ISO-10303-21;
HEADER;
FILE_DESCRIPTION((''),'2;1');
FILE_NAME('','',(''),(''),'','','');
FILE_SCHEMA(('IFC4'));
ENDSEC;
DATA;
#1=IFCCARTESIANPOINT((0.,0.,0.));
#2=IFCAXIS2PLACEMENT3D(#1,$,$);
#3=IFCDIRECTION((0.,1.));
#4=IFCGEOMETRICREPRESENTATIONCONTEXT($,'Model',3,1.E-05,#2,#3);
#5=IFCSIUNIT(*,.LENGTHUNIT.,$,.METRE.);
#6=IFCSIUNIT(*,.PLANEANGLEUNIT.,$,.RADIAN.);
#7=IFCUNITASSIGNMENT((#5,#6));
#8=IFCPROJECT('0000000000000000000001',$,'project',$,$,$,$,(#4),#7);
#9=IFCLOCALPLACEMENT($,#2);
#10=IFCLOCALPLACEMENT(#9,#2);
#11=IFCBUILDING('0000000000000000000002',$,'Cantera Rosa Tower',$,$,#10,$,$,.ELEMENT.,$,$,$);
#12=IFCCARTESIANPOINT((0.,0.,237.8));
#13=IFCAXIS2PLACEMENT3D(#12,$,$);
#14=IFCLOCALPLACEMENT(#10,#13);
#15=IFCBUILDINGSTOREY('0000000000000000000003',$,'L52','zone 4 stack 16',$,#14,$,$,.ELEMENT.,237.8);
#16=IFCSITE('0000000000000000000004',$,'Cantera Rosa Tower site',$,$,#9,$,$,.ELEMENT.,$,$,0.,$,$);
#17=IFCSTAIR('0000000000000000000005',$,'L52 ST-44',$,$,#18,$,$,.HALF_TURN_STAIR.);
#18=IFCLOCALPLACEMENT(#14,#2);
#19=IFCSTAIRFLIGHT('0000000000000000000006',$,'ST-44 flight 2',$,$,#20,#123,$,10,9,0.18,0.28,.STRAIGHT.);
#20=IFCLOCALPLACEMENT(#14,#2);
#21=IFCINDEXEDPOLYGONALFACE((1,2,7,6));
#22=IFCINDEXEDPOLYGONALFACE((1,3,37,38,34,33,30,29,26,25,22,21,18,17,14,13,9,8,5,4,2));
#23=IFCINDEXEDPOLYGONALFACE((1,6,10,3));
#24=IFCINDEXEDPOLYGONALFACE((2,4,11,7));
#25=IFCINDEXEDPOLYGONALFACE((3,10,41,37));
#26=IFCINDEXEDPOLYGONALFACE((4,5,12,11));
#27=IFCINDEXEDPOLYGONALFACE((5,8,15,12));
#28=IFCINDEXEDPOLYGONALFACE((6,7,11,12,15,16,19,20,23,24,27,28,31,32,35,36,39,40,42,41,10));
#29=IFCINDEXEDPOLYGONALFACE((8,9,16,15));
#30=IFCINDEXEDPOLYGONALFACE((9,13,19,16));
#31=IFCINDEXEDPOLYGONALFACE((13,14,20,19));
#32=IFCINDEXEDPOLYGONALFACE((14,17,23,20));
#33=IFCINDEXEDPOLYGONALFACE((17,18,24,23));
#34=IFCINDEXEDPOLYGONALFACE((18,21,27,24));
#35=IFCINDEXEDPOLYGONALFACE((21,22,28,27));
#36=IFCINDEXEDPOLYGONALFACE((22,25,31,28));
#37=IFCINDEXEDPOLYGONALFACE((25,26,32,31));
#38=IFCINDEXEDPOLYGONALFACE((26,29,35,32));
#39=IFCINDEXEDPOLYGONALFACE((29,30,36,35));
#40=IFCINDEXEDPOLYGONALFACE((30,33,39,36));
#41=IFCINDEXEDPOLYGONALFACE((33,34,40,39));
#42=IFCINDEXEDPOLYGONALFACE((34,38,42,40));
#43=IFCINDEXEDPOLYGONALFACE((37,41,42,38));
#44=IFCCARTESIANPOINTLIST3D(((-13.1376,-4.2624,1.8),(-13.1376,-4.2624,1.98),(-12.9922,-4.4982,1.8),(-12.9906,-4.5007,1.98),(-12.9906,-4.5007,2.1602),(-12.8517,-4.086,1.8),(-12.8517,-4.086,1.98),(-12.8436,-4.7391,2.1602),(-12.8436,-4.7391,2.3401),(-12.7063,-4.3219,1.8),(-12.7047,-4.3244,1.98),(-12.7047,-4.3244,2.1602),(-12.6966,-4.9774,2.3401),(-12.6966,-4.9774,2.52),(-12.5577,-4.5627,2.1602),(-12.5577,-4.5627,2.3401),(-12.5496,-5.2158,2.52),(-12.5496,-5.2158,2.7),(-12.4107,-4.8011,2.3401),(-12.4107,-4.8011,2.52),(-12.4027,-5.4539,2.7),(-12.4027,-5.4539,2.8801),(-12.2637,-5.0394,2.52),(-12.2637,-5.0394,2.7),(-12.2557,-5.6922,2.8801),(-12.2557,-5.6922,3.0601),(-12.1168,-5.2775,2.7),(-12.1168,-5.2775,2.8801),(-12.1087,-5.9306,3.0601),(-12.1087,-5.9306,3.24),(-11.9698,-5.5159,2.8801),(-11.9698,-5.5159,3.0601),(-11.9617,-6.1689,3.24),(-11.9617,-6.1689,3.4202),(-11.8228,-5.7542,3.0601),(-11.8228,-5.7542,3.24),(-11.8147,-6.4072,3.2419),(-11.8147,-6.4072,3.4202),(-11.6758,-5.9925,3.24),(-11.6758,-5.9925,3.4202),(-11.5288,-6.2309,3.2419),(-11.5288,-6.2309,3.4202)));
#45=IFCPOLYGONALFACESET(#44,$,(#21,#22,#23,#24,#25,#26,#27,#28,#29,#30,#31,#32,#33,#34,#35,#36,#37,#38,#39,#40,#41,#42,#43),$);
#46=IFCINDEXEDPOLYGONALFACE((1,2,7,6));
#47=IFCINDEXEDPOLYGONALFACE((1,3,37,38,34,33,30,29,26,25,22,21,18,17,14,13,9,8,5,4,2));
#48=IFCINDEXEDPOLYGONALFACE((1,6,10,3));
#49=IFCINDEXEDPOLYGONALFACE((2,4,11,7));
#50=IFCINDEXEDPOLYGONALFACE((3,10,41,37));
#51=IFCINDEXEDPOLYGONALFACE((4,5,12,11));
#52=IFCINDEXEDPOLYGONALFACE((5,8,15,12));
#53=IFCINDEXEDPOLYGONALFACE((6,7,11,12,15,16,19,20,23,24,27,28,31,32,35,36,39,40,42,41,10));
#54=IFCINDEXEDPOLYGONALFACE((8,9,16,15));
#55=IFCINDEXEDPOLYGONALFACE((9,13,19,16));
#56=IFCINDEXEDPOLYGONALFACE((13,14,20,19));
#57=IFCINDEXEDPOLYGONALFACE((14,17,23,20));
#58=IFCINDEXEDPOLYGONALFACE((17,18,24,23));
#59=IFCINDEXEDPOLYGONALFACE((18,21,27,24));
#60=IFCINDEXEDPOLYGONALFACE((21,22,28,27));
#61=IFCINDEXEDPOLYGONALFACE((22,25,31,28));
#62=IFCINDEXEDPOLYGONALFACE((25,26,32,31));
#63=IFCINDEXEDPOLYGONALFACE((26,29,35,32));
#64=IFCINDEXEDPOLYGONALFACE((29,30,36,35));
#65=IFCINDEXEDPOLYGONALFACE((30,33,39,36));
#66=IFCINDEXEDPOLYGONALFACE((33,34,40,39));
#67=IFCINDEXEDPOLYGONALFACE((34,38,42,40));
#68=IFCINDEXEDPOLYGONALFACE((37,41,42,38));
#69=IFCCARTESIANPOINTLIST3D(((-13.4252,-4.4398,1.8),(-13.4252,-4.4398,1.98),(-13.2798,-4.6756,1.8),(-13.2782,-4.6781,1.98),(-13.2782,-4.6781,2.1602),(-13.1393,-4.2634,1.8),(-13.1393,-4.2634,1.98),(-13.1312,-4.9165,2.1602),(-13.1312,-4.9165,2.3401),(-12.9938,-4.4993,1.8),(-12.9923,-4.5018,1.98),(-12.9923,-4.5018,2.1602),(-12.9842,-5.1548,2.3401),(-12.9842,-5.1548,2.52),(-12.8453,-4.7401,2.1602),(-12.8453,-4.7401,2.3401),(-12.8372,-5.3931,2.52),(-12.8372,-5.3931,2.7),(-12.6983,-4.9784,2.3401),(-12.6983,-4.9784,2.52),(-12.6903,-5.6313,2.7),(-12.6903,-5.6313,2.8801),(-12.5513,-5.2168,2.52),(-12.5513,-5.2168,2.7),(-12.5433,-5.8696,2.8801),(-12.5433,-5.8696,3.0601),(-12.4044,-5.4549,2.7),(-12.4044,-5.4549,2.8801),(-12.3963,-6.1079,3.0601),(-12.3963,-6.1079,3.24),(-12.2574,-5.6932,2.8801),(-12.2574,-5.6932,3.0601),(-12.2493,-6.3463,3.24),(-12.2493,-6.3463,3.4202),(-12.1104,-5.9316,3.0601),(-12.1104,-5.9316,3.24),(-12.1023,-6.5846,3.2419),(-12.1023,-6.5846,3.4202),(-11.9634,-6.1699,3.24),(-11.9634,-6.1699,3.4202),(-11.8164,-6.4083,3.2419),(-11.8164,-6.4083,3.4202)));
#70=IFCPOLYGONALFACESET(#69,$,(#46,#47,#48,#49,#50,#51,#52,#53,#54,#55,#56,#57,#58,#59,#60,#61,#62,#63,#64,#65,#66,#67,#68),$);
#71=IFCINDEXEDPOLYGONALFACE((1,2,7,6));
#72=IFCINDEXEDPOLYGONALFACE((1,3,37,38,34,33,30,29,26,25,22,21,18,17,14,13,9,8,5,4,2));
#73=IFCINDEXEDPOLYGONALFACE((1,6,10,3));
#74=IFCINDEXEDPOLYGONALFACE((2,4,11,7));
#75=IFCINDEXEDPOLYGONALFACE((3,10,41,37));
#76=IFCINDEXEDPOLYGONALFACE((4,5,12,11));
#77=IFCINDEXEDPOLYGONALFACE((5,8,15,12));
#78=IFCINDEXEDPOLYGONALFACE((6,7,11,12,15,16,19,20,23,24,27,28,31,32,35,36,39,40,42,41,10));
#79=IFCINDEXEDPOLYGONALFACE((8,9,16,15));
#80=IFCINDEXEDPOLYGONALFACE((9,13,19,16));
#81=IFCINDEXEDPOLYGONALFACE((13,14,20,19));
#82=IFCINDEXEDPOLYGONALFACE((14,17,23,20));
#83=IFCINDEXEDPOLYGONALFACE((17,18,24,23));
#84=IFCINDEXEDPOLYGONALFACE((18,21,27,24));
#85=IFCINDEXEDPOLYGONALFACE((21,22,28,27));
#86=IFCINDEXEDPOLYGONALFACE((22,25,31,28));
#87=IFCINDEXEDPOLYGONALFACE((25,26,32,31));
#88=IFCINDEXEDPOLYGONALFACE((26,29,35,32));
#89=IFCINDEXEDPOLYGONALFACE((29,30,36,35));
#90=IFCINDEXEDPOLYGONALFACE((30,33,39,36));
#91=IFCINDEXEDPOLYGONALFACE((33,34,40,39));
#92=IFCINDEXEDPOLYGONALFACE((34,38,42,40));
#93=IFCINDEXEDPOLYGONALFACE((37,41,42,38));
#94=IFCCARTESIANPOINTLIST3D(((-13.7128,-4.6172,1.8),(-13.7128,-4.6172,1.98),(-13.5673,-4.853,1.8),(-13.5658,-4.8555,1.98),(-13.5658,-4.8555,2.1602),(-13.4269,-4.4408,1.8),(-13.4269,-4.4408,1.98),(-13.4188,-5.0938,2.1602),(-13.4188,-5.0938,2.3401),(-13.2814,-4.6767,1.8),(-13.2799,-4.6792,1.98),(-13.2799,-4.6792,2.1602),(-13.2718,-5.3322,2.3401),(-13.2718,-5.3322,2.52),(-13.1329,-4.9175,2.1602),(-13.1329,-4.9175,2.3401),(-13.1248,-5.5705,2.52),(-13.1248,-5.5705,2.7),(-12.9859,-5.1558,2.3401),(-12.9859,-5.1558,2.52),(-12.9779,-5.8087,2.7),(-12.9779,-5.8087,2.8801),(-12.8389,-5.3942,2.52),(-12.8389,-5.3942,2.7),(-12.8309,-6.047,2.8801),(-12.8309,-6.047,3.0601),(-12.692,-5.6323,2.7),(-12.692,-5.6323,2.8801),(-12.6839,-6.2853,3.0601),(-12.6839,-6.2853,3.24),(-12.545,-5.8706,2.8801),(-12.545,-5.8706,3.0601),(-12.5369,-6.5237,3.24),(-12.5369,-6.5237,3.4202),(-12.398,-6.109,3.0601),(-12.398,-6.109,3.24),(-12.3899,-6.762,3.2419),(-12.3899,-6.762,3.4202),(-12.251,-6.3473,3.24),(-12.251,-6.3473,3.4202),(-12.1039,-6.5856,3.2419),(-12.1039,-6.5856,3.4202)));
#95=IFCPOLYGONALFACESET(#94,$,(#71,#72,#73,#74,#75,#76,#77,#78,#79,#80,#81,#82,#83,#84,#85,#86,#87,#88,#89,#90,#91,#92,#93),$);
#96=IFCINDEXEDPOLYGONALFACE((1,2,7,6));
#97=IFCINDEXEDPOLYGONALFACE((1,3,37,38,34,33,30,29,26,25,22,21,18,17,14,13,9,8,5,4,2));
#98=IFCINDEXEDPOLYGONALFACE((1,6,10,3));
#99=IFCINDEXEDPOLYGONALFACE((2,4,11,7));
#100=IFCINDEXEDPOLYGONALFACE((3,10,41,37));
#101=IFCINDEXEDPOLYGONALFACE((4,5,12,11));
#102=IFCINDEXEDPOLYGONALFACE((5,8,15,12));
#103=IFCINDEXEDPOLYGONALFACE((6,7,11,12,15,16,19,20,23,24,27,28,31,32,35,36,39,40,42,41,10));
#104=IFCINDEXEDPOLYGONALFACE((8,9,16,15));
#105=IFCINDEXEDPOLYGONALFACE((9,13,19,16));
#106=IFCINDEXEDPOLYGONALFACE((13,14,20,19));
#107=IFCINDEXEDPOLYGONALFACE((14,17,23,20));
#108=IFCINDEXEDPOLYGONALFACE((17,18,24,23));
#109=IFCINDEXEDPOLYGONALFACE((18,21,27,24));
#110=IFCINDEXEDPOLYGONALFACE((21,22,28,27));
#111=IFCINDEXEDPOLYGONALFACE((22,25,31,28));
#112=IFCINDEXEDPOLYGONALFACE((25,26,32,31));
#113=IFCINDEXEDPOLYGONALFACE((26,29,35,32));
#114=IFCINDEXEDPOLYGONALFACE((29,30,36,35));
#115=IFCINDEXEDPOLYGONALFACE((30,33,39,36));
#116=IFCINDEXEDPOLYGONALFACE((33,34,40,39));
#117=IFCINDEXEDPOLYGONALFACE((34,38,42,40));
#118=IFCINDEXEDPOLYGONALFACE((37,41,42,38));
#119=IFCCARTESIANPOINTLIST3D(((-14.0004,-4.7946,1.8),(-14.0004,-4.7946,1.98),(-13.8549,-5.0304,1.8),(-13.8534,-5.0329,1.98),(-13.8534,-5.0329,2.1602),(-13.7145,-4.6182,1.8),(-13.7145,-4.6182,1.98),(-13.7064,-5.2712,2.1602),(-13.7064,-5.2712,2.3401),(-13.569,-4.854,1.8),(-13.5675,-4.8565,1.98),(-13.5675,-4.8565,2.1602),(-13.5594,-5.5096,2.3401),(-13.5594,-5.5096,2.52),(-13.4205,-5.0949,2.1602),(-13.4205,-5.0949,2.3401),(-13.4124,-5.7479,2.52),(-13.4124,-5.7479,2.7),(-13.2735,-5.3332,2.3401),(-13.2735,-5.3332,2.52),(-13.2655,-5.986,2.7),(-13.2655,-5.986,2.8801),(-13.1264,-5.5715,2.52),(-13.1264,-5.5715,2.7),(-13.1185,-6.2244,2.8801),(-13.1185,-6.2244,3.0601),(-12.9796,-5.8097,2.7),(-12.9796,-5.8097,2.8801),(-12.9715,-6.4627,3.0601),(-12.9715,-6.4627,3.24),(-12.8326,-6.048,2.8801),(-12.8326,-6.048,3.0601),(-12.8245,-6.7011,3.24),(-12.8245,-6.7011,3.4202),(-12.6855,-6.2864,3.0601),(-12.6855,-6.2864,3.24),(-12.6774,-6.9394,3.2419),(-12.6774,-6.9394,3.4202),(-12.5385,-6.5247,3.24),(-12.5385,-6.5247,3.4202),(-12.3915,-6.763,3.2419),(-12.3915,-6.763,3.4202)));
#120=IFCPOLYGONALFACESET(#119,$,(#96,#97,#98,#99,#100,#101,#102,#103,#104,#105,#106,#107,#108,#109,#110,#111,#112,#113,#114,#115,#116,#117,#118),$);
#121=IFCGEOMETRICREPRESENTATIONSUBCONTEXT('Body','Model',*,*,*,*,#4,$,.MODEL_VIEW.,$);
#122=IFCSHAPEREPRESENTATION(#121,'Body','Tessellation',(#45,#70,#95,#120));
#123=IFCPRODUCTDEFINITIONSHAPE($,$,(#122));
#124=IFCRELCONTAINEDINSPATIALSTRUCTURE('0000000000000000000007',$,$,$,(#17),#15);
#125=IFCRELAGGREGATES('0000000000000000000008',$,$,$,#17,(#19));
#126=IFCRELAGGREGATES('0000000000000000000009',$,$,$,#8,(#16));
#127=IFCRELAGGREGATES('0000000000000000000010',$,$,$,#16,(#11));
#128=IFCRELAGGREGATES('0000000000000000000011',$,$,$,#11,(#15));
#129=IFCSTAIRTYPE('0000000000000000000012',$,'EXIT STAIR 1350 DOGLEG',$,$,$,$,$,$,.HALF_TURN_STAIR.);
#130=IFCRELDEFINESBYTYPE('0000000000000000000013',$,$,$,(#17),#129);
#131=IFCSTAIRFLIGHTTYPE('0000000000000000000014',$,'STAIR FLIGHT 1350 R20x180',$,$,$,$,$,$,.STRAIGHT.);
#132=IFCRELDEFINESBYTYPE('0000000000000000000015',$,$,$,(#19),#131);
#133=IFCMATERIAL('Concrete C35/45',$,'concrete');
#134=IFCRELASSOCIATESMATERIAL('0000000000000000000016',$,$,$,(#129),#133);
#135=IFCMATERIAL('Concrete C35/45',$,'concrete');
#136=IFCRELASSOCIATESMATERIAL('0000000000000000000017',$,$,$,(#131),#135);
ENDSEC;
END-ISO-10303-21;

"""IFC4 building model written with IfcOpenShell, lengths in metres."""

from ifc_helpers import new_model, si_unit, direction, frame, origin, place, context, subcontext, project, spatial, polyline, outline, extrude, material, type_object, element, aggregate, save


model = new_model("IFC4")

# Units and contexts
model_context = context("Model", 3, precision=1e-05, world=origin(), true_north=direction((0.0, 1.0)))
body_context = subcontext(model_context, "Body", "Model", "MODEL_VIEW")
ifc_project = project(units=[si_unit("LENGTHUNIT", "METRE"), si_unit("PLANEANGLEUNIT", "RADIAN")], contexts=[model_context])

# Site, building, storey
site_placement = place(None, origin())
site = spatial("IfcSite", under=ifc_project, at=site_placement, Name="Cantera Rosa Tower site", CompositionType="ELEMENT", RefElevation=0.0)
building_placement = place(site_placement, origin())
building = spatial("IfcBuilding", under=site, at=building_placement, Name="Cantera Rosa Tower", CompositionType="ELEMENT")
storey_placement = place(building_placement, frame((0.0, 0.0, 237.8)))
storey = spatial("IfcBuildingStorey", under=building, at=storey_placement, Name="L52", Description="zone 4 stack 16", CompositionType="ELEMENT", Elevation=237.8)

# Shared definitions
ifc_material_1 = material(Name="Concrete C35/45", Category="concrete")
stair_type = type_object("IfcStairType", Name="EXIT STAIR 1350 DOGLEG", PredefinedType="HALF_TURN_STAIR", material=ifc_material_1)
ifc_material_2 = material(Name="Concrete C35/45", Category="concrete")
stair_flight_type = type_object("IfcStairFlightType", Name="STAIR FLIGHT 1350 R20x180", PredefinedType="STRAIGHT", material=ifc_material_2)

# Stair, stair flight
stair_1_placement = place(storey_placement, origin())
stair_1 = element("IfcStair", 1, at=stair_1_placement, inside=storey, type_object=stair_type, Name="L52 ST-44", PredefinedType="HALF_TURN_STAIR")
stair_flight_1_placement = place(storey_placement, frame((-13.4263, -4.4404, 1.8), z_axis=(0.0, 0.0, 1.0), x_axis=(0.524977, -0.851117, 0.0)))
stair_flight_1 = element("IfcStairFlight", 2, at=stair_flight_1_placement, type_object=stair_flight_type, Name="ST-44 flight 2", NumberOfRisers=10, NumberOfTreads=9, PredefinedType="STRAIGHT", RiserHeight=0.18, TreadLength=0.28, context=body_context, shape_type="SweptSolid", body=[
    extrude(outline(polyline([(0.0, 0.0), (0.0, 0.1799), (0.28, 0.1799), (0.28, 0.3601), (0.5601, 0.3601), (0.5601, 0.54), (0.8401, 0.54), (0.8401, 0.72), (1.1201, 0.72), (1.1201, 0.8999), (1.3999, 0.8999), (1.3999, 1.0801), (1.6799, 1.0801), (1.6799, 1.26), (1.96, 1.26), (1.96, 1.4399), (2.24, 1.4399), (2.24, 1.6201), (2.52, 1.6201), (2.52, 1.8), (2.52, 1.4419), (0.2771, 0.0), (0.0, 0.0)])), frame((0.0, 0.675, 0.0), z_axis=(0.0, -1.0, 0.0), x_axis=(1.0, 0.0, 0.0)), (0.0, 0.0, 1.0), 0.3359),
    extrude(outline(polyline([(0.0, 0.0), (0.0, 0.1799), (0.28, 0.1799), (0.28, 0.3601), (0.5601, 0.3601), (0.5601, 0.54), (0.8401, 0.54), (0.8401, 0.72), (1.1201, 0.72), (1.1201, 0.8999), (1.3999, 0.8999), (1.3999, 1.0801), (1.6799, 1.0801), (1.6799, 1.26), (1.96, 1.26), (1.96, 1.4399), (2.24, 1.4399), (2.24, 1.6201), (2.52, 1.6201), (2.52, 1.8), (2.52, 1.4419), (0.2771, 0.0), (0.0, 0.0)])), frame((0.0, 0.3372, 0.0), z_axis=(0.0, -1.0, 0.0), x_axis=(1.0, 0.0, 0.0)), (0.0, 0.0, 1.0), 0.3359),
    extrude(outline(polyline([(0.0, 0.0), (0.0, 0.1799), (0.28, 0.1799), (0.28, 0.3601), (0.5601, 0.3601), (0.5601, 0.54), (0.8401, 0.54), (0.8401, 0.72), (1.1201, 0.72), (1.1201, 0.8999), (1.3999, 0.8999), (1.3999, 1.0801), (1.6799, 1.0801), (1.6799, 1.26), (1.96, 1.26), (1.96, 1.4399), (2.24, 1.4399), (2.24, 1.6201), (2.52, 1.6201), (2.52, 1.8), (2.52, 1.4419), (0.2771, 0.0), (0.0, 0.0)])), frame((0.0, -0.0007, 0.0), z_axis=(0.0, -1.0, 0.0), x_axis=(1.0, 0.0, 0.0)), (0.0, 0.0, 1.0), 0.3359),
    extrude(outline(polyline([(0.0, 0.0), (0.0, 0.1799), (0.28, 0.1799), (0.28, 0.3601), (0.5601, 0.3601), (0.5601, 0.54), (0.8401, 0.54), (0.8401, 0.72), (1.1201, 0.72), (1.1201, 0.8999), (1.3999, 0.8999), (1.3999, 1.0801), (1.6799, 1.0801), (1.6799, 1.26), (1.96, 1.26), (1.96, 1.4399), (2.24, 1.4399), (2.24, 1.6201), (2.52, 1.6201), (2.52, 1.8), (2.52, 1.4419), (0.2771, 0.0), (0.0, 0.0)])), frame((0.0, -0.3386, 0.0), z_axis=(0.0, -1.0, 0.0), x_axis=(1.0, 0.0, 0.0)), (0.0, 0.0, 1.0), 0.3359),
])
aggregate(stair_1, [stair_flight_1])

save(model, "model.ifc")
